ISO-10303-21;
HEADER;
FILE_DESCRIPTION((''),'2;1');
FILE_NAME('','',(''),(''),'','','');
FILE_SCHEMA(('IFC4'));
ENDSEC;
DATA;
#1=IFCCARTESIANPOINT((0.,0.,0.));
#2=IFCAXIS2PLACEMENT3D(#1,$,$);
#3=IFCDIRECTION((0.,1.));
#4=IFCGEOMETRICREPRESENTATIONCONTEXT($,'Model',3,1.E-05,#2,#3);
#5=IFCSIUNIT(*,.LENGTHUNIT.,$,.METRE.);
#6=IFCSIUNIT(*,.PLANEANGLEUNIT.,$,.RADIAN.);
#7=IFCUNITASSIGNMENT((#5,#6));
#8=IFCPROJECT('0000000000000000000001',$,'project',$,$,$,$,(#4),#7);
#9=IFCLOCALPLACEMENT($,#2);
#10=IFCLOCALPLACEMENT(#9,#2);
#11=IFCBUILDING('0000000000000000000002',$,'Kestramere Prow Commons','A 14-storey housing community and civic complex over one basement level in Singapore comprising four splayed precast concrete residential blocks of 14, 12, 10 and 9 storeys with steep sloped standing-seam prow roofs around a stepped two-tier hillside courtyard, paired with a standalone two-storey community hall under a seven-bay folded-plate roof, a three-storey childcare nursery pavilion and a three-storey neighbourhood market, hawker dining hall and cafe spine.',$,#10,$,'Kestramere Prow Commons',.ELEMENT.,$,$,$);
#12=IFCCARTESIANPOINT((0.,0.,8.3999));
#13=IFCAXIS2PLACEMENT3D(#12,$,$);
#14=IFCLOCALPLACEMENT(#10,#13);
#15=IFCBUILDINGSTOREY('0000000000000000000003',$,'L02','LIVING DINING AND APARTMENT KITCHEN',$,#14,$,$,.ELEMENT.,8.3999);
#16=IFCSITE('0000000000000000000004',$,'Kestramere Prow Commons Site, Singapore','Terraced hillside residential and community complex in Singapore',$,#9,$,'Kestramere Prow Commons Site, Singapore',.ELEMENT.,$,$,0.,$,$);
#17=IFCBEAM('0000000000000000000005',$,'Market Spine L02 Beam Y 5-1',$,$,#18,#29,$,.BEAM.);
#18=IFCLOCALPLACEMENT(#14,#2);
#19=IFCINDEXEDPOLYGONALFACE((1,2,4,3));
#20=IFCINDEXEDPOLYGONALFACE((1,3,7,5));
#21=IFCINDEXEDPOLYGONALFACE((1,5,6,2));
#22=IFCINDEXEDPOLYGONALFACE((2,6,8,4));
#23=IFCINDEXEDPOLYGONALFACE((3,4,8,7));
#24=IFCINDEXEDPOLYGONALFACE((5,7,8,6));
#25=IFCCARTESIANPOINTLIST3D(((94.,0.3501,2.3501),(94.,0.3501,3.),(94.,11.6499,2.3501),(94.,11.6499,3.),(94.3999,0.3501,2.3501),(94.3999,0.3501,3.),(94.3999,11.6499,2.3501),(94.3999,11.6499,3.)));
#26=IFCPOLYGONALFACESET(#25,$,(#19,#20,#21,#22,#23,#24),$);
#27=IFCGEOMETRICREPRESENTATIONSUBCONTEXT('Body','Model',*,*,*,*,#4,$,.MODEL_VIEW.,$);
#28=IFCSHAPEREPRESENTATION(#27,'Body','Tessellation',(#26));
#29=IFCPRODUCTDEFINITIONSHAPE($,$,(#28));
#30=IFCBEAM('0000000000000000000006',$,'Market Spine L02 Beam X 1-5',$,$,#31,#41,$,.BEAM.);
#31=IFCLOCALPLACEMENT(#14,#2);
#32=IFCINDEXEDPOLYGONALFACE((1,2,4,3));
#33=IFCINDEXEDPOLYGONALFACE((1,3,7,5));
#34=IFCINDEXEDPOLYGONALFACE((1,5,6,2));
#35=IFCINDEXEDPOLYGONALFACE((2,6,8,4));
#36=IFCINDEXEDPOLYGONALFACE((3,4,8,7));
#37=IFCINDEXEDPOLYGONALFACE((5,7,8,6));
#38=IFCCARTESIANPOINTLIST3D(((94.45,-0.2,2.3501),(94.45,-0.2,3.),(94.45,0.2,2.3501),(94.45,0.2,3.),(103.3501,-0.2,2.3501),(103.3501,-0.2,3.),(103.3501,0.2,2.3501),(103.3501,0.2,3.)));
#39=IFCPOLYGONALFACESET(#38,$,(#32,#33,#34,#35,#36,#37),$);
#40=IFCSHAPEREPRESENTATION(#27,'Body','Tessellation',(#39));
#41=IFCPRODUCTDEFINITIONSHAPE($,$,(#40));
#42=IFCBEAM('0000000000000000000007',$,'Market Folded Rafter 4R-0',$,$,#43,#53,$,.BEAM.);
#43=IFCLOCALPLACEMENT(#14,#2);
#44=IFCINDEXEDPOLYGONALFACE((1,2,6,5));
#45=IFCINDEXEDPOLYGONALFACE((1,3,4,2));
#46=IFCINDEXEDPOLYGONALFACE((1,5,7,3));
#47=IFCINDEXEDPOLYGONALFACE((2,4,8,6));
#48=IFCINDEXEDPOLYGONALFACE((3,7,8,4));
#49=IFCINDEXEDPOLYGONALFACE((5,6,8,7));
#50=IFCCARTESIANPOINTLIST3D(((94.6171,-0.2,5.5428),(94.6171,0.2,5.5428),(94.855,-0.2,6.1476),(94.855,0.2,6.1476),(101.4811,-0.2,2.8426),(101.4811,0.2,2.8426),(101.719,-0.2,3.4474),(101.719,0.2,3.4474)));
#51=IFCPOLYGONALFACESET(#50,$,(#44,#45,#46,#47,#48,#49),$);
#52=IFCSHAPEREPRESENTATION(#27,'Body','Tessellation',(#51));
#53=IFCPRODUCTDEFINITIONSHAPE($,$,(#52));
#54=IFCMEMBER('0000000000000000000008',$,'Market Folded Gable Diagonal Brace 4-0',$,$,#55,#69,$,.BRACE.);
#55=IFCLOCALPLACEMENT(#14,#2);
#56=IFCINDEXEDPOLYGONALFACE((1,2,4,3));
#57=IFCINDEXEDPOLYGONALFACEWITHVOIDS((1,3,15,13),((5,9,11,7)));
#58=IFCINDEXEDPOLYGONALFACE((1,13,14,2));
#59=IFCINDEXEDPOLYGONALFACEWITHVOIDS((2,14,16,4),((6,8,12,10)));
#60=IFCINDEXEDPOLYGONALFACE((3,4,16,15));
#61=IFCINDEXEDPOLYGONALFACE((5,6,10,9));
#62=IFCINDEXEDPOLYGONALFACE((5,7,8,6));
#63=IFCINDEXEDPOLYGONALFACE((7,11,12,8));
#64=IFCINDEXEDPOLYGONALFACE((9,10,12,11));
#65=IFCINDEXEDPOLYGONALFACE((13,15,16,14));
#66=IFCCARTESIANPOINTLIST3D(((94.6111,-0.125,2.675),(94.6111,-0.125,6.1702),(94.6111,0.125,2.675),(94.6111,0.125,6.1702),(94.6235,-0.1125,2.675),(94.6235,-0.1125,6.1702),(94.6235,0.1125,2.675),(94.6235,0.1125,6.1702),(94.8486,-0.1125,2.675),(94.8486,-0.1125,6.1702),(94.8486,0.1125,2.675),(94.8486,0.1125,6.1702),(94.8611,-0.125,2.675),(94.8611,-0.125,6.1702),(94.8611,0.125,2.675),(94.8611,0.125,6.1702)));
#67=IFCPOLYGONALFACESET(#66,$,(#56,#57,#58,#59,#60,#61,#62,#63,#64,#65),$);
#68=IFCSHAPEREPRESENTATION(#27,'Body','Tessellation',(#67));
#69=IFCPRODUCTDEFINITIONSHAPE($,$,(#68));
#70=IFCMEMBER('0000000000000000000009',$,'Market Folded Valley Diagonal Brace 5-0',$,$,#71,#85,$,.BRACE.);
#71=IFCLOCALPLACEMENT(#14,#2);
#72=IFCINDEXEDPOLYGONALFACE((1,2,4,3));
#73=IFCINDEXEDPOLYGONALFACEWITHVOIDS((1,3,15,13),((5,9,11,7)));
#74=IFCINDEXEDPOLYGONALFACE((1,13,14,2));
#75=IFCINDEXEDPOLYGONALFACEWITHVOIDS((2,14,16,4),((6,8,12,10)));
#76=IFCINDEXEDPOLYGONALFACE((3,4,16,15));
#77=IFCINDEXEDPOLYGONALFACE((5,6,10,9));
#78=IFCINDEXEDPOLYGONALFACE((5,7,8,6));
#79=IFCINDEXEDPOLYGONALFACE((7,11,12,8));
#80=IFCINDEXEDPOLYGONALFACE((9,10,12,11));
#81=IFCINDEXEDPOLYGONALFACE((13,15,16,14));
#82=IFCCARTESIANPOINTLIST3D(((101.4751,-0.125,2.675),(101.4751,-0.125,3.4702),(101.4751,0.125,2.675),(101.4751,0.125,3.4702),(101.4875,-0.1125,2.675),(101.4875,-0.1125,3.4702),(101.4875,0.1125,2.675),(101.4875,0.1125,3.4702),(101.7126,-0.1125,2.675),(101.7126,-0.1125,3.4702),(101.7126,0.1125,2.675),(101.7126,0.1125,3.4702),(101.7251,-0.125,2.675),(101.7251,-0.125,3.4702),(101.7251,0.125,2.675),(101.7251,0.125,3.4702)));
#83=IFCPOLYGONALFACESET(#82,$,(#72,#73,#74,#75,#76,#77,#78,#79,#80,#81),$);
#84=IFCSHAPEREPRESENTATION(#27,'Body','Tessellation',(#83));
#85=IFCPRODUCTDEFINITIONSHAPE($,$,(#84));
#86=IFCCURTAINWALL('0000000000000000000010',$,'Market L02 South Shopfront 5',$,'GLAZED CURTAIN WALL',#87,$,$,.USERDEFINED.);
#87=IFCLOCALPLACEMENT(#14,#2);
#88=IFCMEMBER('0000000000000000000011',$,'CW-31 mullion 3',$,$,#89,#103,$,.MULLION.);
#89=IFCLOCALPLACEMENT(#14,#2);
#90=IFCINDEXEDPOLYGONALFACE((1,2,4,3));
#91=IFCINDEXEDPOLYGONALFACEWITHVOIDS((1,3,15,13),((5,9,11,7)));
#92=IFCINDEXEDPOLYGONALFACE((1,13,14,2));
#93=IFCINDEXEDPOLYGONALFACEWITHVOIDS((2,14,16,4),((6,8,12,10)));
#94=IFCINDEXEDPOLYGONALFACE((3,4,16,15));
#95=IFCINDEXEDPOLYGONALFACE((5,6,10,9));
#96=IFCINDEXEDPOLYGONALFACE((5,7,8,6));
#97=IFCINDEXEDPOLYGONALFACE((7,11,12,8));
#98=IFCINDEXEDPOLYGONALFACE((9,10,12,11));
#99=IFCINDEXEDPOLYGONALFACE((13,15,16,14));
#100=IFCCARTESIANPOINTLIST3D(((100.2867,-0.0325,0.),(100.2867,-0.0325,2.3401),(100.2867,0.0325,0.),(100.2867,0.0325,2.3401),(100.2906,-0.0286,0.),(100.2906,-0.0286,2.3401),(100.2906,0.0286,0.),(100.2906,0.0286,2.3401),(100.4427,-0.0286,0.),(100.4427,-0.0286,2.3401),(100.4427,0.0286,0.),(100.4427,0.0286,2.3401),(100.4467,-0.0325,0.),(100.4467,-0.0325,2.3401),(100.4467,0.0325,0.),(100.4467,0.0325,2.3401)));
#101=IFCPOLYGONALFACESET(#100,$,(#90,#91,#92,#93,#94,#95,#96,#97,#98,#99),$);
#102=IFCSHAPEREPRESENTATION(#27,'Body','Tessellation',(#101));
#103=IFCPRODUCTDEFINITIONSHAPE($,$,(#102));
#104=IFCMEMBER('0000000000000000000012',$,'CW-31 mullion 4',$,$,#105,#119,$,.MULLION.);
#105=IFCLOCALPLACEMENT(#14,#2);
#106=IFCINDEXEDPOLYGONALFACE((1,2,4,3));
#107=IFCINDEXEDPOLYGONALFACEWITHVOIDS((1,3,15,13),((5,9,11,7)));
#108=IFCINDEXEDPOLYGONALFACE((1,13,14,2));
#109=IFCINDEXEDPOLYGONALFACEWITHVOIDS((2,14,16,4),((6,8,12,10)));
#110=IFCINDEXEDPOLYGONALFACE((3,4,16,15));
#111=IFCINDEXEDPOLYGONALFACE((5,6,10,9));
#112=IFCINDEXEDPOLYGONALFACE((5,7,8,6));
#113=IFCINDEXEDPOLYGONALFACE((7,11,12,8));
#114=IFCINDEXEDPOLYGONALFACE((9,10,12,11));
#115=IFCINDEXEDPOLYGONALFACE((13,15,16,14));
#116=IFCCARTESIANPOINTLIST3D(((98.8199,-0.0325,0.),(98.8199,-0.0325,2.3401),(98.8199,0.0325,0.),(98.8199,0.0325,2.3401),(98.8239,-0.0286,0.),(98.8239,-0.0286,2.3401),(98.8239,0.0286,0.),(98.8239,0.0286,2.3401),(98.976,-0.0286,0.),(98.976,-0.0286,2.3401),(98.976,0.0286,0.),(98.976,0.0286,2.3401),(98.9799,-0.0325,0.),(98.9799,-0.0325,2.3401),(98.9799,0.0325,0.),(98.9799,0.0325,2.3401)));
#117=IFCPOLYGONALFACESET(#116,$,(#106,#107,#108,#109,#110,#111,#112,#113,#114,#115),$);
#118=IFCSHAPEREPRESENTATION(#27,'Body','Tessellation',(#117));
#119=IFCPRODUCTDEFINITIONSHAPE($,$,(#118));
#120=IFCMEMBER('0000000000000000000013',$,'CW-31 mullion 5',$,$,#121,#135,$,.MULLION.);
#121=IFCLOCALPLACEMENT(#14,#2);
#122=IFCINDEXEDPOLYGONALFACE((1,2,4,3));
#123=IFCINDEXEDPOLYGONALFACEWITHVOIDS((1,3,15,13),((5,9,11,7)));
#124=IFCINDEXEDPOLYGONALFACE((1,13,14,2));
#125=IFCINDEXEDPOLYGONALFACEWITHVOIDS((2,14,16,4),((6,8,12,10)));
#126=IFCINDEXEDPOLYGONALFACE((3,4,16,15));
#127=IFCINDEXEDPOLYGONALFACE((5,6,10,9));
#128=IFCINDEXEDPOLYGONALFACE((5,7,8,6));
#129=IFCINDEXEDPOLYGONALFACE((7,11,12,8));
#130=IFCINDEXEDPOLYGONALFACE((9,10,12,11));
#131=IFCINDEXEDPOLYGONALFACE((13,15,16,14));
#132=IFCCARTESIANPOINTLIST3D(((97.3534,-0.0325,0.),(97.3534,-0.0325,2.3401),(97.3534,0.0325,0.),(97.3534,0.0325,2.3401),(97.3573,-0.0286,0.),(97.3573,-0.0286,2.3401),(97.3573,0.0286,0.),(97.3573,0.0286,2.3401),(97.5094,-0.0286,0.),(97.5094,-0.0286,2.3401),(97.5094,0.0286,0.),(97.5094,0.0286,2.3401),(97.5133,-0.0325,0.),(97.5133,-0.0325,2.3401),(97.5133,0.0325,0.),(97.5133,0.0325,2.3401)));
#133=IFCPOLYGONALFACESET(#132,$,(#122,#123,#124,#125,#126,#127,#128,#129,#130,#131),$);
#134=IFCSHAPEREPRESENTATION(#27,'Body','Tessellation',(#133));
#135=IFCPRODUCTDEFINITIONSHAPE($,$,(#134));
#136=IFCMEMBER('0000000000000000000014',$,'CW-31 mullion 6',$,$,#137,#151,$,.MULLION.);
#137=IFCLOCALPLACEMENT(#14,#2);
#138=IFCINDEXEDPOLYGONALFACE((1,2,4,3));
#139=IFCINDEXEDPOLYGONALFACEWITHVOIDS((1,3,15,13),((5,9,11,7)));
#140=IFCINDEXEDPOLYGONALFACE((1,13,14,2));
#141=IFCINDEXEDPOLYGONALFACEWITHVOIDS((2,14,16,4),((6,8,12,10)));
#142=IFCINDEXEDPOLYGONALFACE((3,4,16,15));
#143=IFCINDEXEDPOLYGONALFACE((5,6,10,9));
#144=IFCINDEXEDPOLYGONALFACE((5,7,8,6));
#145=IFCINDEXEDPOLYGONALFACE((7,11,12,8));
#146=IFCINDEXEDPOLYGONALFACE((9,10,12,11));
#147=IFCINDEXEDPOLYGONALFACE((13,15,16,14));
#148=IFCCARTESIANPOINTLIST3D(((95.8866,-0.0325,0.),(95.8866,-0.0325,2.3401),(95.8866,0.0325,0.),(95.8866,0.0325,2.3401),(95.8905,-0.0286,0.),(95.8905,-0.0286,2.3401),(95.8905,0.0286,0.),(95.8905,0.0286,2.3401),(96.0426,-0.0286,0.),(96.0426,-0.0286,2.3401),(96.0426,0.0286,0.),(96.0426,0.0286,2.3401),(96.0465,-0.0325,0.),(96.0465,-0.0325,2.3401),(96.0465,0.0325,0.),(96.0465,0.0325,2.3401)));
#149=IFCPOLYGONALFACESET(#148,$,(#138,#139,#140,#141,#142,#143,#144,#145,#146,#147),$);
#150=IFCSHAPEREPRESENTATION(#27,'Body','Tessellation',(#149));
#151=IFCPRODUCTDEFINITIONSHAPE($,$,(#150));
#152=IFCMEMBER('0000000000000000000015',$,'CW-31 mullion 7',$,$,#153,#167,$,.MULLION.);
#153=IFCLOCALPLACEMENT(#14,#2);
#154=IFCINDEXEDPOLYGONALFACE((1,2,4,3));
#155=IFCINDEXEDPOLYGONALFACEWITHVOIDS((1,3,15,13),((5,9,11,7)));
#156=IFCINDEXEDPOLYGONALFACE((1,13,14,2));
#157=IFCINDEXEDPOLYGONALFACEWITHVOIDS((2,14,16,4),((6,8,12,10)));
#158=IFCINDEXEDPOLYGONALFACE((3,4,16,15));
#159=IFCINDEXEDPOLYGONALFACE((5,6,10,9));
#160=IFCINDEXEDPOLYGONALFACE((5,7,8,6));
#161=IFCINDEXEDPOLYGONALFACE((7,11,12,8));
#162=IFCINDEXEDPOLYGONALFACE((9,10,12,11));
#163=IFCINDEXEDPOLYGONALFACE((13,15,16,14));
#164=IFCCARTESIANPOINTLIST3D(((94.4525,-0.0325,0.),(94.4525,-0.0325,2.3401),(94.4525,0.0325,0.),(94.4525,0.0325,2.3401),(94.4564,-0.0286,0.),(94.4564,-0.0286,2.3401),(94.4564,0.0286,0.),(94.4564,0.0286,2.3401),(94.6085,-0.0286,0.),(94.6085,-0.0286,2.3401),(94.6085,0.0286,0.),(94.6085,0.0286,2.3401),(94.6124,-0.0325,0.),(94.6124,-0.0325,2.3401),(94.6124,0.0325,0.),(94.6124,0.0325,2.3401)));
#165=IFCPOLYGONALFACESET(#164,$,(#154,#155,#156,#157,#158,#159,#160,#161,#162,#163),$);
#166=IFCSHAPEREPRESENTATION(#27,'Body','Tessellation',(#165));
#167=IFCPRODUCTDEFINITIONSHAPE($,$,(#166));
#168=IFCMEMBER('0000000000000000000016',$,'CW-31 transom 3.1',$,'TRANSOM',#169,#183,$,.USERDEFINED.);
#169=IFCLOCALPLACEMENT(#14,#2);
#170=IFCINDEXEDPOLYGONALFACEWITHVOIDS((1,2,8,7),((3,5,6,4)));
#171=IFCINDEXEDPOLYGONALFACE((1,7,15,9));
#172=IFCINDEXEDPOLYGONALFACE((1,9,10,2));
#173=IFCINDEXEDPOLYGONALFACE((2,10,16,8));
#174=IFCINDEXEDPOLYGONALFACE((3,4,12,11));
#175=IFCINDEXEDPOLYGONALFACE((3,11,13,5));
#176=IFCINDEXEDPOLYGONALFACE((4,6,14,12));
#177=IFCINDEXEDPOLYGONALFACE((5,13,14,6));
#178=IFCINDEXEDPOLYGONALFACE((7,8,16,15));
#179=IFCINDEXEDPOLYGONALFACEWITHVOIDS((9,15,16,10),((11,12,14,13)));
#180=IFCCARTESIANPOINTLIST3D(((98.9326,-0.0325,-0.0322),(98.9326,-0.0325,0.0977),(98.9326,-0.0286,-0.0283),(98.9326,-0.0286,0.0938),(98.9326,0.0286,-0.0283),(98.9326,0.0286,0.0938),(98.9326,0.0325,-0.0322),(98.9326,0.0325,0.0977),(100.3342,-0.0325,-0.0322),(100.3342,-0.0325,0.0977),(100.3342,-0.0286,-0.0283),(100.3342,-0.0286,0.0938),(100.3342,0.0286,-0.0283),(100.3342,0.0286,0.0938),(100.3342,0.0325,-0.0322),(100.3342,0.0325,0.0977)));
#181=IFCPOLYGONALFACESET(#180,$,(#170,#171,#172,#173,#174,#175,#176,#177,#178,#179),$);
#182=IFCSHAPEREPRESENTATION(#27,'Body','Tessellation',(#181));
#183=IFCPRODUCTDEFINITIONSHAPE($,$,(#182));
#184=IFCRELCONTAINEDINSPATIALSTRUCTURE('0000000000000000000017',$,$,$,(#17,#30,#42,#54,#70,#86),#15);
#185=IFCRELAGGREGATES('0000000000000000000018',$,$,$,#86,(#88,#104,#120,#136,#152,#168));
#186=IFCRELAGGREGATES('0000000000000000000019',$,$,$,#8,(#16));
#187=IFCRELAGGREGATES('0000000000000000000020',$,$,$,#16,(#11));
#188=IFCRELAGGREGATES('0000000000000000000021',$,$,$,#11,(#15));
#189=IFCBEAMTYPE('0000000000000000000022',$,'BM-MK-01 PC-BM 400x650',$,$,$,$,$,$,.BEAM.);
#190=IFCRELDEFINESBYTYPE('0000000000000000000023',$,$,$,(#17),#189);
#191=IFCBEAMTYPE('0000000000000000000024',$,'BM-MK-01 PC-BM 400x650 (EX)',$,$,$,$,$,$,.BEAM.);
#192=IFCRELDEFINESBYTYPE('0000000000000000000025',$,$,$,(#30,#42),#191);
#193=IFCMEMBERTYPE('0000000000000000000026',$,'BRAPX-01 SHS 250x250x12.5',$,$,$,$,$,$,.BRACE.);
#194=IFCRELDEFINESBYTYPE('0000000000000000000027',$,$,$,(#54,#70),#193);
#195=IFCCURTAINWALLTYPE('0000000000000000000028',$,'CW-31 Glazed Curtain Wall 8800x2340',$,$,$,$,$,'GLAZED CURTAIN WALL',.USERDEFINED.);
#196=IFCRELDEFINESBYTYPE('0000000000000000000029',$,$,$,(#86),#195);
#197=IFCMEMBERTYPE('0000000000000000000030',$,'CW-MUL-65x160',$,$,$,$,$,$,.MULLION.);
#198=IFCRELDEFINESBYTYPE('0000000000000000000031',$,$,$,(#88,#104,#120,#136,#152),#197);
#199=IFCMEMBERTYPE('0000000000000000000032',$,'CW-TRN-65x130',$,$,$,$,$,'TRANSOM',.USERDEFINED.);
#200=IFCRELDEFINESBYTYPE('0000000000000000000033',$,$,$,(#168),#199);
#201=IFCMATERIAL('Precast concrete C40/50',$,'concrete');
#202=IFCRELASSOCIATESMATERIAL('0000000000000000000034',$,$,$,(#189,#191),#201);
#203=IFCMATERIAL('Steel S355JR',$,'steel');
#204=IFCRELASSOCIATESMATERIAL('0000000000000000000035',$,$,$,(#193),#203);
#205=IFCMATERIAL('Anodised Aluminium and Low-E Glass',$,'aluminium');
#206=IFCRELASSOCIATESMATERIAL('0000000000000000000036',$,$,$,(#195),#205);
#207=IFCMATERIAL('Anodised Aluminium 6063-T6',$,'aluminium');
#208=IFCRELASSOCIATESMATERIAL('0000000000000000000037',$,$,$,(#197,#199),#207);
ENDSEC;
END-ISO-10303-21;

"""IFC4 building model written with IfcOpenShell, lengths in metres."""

from ifc_helpers import new_model, si_unit, direction, frame, origin, origin_2d, place, context, subcontext, project, spatial, rectangle, hollow_rectangle, extrude, material, material_profile, profile_set, type_object, element, aggregate, save


model = new_model("IFC4")

# Units and contexts
model_context = context("Model", 3, precision=1e-05, world=origin(), true_north=direction((0.0, 1.0)))
body_context = subcontext(model_context, "Body", "Model", "MODEL_VIEW")
ifc_project = project(units=[si_unit("LENGTHUNIT", "METRE"), si_unit("PLANEANGLEUNIT", "RADIAN")], contexts=[model_context])

# Site, building, storey
site_placement = place(None, origin())
site = spatial("IfcSite", under=ifc_project, at=site_placement, Name="Kestramere Prow Commons Site, Singapore", Description="Terraced hillside residential and community complex in Singapore", LongName="Kestramere Prow Commons Site, Singapore", CompositionType="ELEMENT", RefElevation=0.0)
building_placement = place(site_placement, origin())
building = spatial("IfcBuilding", under=site, at=building_placement, Name="Kestramere Prow Commons", Description="A 14-storey housing community and civic complex over one basement level in Singapore comprising four splayed precast concrete residential blocks of 14, 12, 10 and 9 storeys with steep sloped standing-seam prow roofs around a stepped two-tier hillside courtyard, paired with a standalone two-storey community hall under a seven-bay folded-plate roof, a three-storey childcare nursery pavilion and a three-storey neighbourhood market, hawker dining hall and cafe spine.", LongName="Kestramere Prow Commons", CompositionType="ELEMENT")
storey_placement = place(building_placement, frame((0.0, 0.0, 8.3999)))
storey = spatial("IfcBuildingStorey", under=building, at=storey_placement, Name="L02", Description="LIVING DINING AND APARTMENT KITCHEN", CompositionType="ELEMENT", Elevation=8.3999)

# Beams
ifc_material_1 = material(Name="Precast concrete C40/50", Category="concrete")
ifc_material_profile_1 = material_profile(ifc_material_1, rectangle(XDim=0.3999, YDim=0.6499, at=origin_2d()), Name="PC-BM 400x650")
ifc_profile_set_1 = profile_set([ifc_material_profile_1], Name="Precast concrete C40/50")
beam_type_1 = type_object("IfcBeamType", Name="BM-MK-01 PC-BM 400x650", PredefinedType="BEAM", material=ifc_profile_set_1)
beam_1_placement = place(storey_placement, frame((94.2, 0.3501, 2.675), z_axis=(0.0, 1.0, 0.0), x_axis=(-1.0, 0.0, 0.0)))
element("IfcBeam", 1, at=beam_1_placement, inside=storey, type_object=beam_type_1, Name="Market Spine L02 Beam Y 5-1", PredefinedType="BEAM", context=body_context, shape_type="SweptSolid", body=[
    extrude(rectangle(XDim=0.3999, YDim=0.6499, at=origin_2d()), origin(), (0.0, 0.0, 1.0), 11.2998),
])
ifc_material_profile_2 = material_profile(ifc_material_1, rectangle(XDim=0.3999, YDim=0.6499, at=origin_2d()), Name="PC-BM 400x650")
ifc_profile_set_2 = profile_set([ifc_material_profile_2], Name="Precast concrete C40/50")
beam_type_2 = type_object("IfcBeamType", Name="BM-MK-01 PC-BM 400x650 (EX)", PredefinedType="BEAM", material=ifc_profile_set_2)
beam_2_placement = place(storey_placement, frame((94.45, 0.0, 2.675), z_axis=(1.0, 0.0, 0.0), x_axis=(0.0, 1.0, 0.0)))
element("IfcBeam", 2, at=beam_2_placement, inside=storey, type_object=beam_type_2, Name="Market Spine L02 Beam X 1-5", PredefinedType="BEAM", context=body_context, shape_type="SweptSolid", body=[
    extrude(rectangle(XDim=0.3999, YDim=0.6499, at=origin_2d()), origin(), (0.0, 0.0, 1.0), 8.9001),
])
beam_3_placement = place(storey_placement, frame((94.7361, 0.0, 5.8452), z_axis=(0.930584, 0.0, -0.366077), x_axis=(0.0, 1.0, 0.0)))
element("IfcBeam", 3, at=beam_3_placement, inside=storey, type_object=beam_type_2, Name="Market Folded Rafter 4R-0", PredefinedType="BEAM", context=body_context, shape_type="SweptSolid", body=[
    extrude(rectangle(XDim=0.3999, YDim=0.6499, at=origin_2d()), origin(), (0.0, 0.0, 1.0), 7.376),
])

# Members
ifc_material_2 = material(Name="Steel S355JR", Category="steel")
ifc_material_profile_3 = material_profile(ifc_material_2, hollow_rectangle(XDim=0.25, YDim=0.25, WallThickness=0.0125, at=origin_2d()), Name="SHS 250x250x12.5")
ifc_profile_set_3 = profile_set([ifc_material_profile_3], Name="Steel S355JR")
member_type_1 = type_object("IfcMemberType", Name="BRAPX-01 SHS 250x250x12.5", PredefinedType="BRACE", material=ifc_profile_set_3)
member_1_placement = place(storey_placement, frame((94.7361, 0.0, 2.675), z_axis=(0.0, 0.0, 1.0), x_axis=(1.0, 0.0, 0.0)))
element("IfcMember", 4, at=member_1_placement, inside=storey, type_object=member_type_1, Name="Market Folded Gable Diagonal Brace 4-0", PredefinedType="BRACE", context=body_context, shape_type="SweptSolid", body=[
    extrude(hollow_rectangle(XDim=0.25, YDim=0.25, WallThickness=0.0125, at=origin_2d()), origin(), (0.0, 0.0, 1.0), 3.4951),
])
member_2_placement = place(storey_placement, frame((101.6001, 0.0, 2.675), z_axis=(0.0, 0.0, 1.0), x_axis=(1.0, 0.0, 0.0)))
element("IfcMember", 5, at=member_2_placement, inside=storey, type_object=member_type_1, Name="Market Folded Valley Diagonal Brace 5-0", PredefinedType="BRACE", context=body_context, shape_type="SweptSolid", body=[
    extrude(hollow_rectangle(XDim=0.25, YDim=0.25, WallThickness=0.0125, at=origin_2d()), origin(), (0.0, 0.0, 1.0), 0.7952),
])

# Curtain wall, members
ifc_material_3 = material(Name="Anodised Aluminium and Low-E Glass", Category="aluminium")
curtain_wall_type = type_object("IfcCurtainWallType", Name="CW-31 Glazed Curtain Wall 8800x2340", ElementType="GLAZED CURTAIN WALL", PredefinedType="USERDEFINED", material=ifc_material_3)
curtain_wall_placement = place(storey_placement, origin())
curtain_wall = element("IfcCurtainWall", 6, at=curtain_wall_placement, inside=storey, type_object=curtain_wall_type, Name="Market L02 South Shopfront 5", ObjectType="GLAZED CURTAIN WALL", PredefinedType="USERDEFINED")
ifc_material_4 = material(Name="Anodised Aluminium 6063-T6", Category="aluminium")
ifc_material_profile_4 = material_profile(ifc_material_4, hollow_rectangle(XDim=0.0649, YDim=0.1599, WallThickness=0.0039, at=origin_2d()), Name="ALU-MUL 65x160")
ifc_profile_set_4 = profile_set([ifc_material_profile_4], Name="Anodised Aluminium 6063-T6")
member_type_2 = type_object("IfcMemberType", Name="CW-MUL-65x160", PredefinedType="MULLION", material=ifc_profile_set_4)
member_3_placement = place(storey_placement, frame((100.3667, 0.0, 0.0), z_axis=(0.0, 0.0, 1.0), x_axis=(0.0, -1.0, 0.0)))
member_3 = element("IfcMember", 7, at=member_3_placement, type_object=member_type_2, Name="CW-31 mullion 3", PredefinedType="MULLION", context=body_context, shape_type="SweptSolid", body=[
    extrude(hollow_rectangle(XDim=0.0649, YDim=0.1599, WallThickness=0.0039, at=origin_2d()), origin(), (0.0, 0.0, 1.0), 2.3401),
])
member_4_placement = place(storey_placement, frame((98.8999, 0.0, 0.0), z_axis=(0.0, 0.0, 1.0), x_axis=(0.0, -1.0, 0.0)))
member_4 = element("IfcMember", 8, at=member_4_placement, type_object=member_type_2, Name="CW-31 mullion 4", PredefinedType="MULLION", context=body_context, shape_type="SweptSolid", body=[
    extrude(hollow_rectangle(XDim=0.0649, YDim=0.1599, WallThickness=0.0039, at=origin_2d()), origin(), (0.0, 0.0, 1.0), 2.3401),
])
member_5_placement = place(storey_placement, frame((97.4333, 0.0, 0.0), z_axis=(0.0, 0.0, 1.0), x_axis=(0.0, -1.0, 0.0)))
member_5 = element("IfcMember", 9, at=member_5_placement, type_object=member_type_2, Name="CW-31 mullion 5", PredefinedType="MULLION", context=body_context, shape_type="SweptSolid", body=[
    extrude(hollow_rectangle(XDim=0.0649, YDim=0.1599, WallThickness=0.0039, at=origin_2d()), origin(), (0.0, 0.0, 1.0), 2.3401),
])
member_6_placement = place(storey_placement, frame((95.9666, 0.0, 0.0), z_axis=(0.0, 0.0, 1.0), x_axis=(0.0, -1.0, 0.0)))
member_6 = element("IfcMember", 10, at=member_6_placement, type_object=member_type_2, Name="CW-31 mullion 6", PredefinedType="MULLION", context=body_context, shape_type="SweptSolid", body=[
    extrude(hollow_rectangle(XDim=0.0649, YDim=0.1599, WallThickness=0.0039, at=origin_2d()), origin(), (0.0, 0.0, 1.0), 2.3401),
])
member_7_placement = place(storey_placement, frame((94.5325, 0.0, 0.0), z_axis=(0.0, 0.0, 1.0), x_axis=(0.0, -1.0, 0.0)))
member_7 = element("IfcMember", 11, at=member_7_placement, type_object=member_type_2, Name="CW-31 mullion 7", PredefinedType="MULLION", context=body_context, shape_type="SweptSolid", body=[
    extrude(hollow_rectangle(XDim=0.0649, YDim=0.1599, WallThickness=0.0039, at=origin_2d()), origin(), (0.0, 0.0, 1.0), 2.3401),
])
ifc_material_profile_5 = material_profile(ifc_material_4, hollow_rectangle(XDim=0.0649, YDim=0.1299, WallThickness=0.0039, at=origin_2d()), Name="ALU-TRN 65x130")
ifc_profile_set_5 = profile_set([ifc_material_profile_5], Name="Anodised Aluminium 6063-T6")
member_type_3 = type_object("IfcMemberType", Name="CW-TRN-65x130", ElementType="TRANSOM", PredefinedType="USERDEFINED", material=ifc_profile_set_5)
member_8_placement = place(storey_placement, frame((100.3342, 0.0, 0.0327), z_axis=(-1.0, 0.0, 0.0), x_axis=(0.0, -1.0, 0.0)))
member_8 = element("IfcMember", 12, at=member_8_placement, type_object=member_type_3, Name="CW-31 transom 3.1", ObjectType="TRANSOM", PredefinedType="USERDEFINED", context=body_context, shape_type="SweptSolid", body=[
    extrude(hollow_rectangle(XDim=0.0649, YDim=0.1299, WallThickness=0.0039, at=origin_2d()), origin(), (0.0, 0.0, 1.0), 1.4016),
])

aggregate(curtain_wall, [member_3, member_4, member_5, member_6, member_7, member_8])

save(model, "model.ifc")
